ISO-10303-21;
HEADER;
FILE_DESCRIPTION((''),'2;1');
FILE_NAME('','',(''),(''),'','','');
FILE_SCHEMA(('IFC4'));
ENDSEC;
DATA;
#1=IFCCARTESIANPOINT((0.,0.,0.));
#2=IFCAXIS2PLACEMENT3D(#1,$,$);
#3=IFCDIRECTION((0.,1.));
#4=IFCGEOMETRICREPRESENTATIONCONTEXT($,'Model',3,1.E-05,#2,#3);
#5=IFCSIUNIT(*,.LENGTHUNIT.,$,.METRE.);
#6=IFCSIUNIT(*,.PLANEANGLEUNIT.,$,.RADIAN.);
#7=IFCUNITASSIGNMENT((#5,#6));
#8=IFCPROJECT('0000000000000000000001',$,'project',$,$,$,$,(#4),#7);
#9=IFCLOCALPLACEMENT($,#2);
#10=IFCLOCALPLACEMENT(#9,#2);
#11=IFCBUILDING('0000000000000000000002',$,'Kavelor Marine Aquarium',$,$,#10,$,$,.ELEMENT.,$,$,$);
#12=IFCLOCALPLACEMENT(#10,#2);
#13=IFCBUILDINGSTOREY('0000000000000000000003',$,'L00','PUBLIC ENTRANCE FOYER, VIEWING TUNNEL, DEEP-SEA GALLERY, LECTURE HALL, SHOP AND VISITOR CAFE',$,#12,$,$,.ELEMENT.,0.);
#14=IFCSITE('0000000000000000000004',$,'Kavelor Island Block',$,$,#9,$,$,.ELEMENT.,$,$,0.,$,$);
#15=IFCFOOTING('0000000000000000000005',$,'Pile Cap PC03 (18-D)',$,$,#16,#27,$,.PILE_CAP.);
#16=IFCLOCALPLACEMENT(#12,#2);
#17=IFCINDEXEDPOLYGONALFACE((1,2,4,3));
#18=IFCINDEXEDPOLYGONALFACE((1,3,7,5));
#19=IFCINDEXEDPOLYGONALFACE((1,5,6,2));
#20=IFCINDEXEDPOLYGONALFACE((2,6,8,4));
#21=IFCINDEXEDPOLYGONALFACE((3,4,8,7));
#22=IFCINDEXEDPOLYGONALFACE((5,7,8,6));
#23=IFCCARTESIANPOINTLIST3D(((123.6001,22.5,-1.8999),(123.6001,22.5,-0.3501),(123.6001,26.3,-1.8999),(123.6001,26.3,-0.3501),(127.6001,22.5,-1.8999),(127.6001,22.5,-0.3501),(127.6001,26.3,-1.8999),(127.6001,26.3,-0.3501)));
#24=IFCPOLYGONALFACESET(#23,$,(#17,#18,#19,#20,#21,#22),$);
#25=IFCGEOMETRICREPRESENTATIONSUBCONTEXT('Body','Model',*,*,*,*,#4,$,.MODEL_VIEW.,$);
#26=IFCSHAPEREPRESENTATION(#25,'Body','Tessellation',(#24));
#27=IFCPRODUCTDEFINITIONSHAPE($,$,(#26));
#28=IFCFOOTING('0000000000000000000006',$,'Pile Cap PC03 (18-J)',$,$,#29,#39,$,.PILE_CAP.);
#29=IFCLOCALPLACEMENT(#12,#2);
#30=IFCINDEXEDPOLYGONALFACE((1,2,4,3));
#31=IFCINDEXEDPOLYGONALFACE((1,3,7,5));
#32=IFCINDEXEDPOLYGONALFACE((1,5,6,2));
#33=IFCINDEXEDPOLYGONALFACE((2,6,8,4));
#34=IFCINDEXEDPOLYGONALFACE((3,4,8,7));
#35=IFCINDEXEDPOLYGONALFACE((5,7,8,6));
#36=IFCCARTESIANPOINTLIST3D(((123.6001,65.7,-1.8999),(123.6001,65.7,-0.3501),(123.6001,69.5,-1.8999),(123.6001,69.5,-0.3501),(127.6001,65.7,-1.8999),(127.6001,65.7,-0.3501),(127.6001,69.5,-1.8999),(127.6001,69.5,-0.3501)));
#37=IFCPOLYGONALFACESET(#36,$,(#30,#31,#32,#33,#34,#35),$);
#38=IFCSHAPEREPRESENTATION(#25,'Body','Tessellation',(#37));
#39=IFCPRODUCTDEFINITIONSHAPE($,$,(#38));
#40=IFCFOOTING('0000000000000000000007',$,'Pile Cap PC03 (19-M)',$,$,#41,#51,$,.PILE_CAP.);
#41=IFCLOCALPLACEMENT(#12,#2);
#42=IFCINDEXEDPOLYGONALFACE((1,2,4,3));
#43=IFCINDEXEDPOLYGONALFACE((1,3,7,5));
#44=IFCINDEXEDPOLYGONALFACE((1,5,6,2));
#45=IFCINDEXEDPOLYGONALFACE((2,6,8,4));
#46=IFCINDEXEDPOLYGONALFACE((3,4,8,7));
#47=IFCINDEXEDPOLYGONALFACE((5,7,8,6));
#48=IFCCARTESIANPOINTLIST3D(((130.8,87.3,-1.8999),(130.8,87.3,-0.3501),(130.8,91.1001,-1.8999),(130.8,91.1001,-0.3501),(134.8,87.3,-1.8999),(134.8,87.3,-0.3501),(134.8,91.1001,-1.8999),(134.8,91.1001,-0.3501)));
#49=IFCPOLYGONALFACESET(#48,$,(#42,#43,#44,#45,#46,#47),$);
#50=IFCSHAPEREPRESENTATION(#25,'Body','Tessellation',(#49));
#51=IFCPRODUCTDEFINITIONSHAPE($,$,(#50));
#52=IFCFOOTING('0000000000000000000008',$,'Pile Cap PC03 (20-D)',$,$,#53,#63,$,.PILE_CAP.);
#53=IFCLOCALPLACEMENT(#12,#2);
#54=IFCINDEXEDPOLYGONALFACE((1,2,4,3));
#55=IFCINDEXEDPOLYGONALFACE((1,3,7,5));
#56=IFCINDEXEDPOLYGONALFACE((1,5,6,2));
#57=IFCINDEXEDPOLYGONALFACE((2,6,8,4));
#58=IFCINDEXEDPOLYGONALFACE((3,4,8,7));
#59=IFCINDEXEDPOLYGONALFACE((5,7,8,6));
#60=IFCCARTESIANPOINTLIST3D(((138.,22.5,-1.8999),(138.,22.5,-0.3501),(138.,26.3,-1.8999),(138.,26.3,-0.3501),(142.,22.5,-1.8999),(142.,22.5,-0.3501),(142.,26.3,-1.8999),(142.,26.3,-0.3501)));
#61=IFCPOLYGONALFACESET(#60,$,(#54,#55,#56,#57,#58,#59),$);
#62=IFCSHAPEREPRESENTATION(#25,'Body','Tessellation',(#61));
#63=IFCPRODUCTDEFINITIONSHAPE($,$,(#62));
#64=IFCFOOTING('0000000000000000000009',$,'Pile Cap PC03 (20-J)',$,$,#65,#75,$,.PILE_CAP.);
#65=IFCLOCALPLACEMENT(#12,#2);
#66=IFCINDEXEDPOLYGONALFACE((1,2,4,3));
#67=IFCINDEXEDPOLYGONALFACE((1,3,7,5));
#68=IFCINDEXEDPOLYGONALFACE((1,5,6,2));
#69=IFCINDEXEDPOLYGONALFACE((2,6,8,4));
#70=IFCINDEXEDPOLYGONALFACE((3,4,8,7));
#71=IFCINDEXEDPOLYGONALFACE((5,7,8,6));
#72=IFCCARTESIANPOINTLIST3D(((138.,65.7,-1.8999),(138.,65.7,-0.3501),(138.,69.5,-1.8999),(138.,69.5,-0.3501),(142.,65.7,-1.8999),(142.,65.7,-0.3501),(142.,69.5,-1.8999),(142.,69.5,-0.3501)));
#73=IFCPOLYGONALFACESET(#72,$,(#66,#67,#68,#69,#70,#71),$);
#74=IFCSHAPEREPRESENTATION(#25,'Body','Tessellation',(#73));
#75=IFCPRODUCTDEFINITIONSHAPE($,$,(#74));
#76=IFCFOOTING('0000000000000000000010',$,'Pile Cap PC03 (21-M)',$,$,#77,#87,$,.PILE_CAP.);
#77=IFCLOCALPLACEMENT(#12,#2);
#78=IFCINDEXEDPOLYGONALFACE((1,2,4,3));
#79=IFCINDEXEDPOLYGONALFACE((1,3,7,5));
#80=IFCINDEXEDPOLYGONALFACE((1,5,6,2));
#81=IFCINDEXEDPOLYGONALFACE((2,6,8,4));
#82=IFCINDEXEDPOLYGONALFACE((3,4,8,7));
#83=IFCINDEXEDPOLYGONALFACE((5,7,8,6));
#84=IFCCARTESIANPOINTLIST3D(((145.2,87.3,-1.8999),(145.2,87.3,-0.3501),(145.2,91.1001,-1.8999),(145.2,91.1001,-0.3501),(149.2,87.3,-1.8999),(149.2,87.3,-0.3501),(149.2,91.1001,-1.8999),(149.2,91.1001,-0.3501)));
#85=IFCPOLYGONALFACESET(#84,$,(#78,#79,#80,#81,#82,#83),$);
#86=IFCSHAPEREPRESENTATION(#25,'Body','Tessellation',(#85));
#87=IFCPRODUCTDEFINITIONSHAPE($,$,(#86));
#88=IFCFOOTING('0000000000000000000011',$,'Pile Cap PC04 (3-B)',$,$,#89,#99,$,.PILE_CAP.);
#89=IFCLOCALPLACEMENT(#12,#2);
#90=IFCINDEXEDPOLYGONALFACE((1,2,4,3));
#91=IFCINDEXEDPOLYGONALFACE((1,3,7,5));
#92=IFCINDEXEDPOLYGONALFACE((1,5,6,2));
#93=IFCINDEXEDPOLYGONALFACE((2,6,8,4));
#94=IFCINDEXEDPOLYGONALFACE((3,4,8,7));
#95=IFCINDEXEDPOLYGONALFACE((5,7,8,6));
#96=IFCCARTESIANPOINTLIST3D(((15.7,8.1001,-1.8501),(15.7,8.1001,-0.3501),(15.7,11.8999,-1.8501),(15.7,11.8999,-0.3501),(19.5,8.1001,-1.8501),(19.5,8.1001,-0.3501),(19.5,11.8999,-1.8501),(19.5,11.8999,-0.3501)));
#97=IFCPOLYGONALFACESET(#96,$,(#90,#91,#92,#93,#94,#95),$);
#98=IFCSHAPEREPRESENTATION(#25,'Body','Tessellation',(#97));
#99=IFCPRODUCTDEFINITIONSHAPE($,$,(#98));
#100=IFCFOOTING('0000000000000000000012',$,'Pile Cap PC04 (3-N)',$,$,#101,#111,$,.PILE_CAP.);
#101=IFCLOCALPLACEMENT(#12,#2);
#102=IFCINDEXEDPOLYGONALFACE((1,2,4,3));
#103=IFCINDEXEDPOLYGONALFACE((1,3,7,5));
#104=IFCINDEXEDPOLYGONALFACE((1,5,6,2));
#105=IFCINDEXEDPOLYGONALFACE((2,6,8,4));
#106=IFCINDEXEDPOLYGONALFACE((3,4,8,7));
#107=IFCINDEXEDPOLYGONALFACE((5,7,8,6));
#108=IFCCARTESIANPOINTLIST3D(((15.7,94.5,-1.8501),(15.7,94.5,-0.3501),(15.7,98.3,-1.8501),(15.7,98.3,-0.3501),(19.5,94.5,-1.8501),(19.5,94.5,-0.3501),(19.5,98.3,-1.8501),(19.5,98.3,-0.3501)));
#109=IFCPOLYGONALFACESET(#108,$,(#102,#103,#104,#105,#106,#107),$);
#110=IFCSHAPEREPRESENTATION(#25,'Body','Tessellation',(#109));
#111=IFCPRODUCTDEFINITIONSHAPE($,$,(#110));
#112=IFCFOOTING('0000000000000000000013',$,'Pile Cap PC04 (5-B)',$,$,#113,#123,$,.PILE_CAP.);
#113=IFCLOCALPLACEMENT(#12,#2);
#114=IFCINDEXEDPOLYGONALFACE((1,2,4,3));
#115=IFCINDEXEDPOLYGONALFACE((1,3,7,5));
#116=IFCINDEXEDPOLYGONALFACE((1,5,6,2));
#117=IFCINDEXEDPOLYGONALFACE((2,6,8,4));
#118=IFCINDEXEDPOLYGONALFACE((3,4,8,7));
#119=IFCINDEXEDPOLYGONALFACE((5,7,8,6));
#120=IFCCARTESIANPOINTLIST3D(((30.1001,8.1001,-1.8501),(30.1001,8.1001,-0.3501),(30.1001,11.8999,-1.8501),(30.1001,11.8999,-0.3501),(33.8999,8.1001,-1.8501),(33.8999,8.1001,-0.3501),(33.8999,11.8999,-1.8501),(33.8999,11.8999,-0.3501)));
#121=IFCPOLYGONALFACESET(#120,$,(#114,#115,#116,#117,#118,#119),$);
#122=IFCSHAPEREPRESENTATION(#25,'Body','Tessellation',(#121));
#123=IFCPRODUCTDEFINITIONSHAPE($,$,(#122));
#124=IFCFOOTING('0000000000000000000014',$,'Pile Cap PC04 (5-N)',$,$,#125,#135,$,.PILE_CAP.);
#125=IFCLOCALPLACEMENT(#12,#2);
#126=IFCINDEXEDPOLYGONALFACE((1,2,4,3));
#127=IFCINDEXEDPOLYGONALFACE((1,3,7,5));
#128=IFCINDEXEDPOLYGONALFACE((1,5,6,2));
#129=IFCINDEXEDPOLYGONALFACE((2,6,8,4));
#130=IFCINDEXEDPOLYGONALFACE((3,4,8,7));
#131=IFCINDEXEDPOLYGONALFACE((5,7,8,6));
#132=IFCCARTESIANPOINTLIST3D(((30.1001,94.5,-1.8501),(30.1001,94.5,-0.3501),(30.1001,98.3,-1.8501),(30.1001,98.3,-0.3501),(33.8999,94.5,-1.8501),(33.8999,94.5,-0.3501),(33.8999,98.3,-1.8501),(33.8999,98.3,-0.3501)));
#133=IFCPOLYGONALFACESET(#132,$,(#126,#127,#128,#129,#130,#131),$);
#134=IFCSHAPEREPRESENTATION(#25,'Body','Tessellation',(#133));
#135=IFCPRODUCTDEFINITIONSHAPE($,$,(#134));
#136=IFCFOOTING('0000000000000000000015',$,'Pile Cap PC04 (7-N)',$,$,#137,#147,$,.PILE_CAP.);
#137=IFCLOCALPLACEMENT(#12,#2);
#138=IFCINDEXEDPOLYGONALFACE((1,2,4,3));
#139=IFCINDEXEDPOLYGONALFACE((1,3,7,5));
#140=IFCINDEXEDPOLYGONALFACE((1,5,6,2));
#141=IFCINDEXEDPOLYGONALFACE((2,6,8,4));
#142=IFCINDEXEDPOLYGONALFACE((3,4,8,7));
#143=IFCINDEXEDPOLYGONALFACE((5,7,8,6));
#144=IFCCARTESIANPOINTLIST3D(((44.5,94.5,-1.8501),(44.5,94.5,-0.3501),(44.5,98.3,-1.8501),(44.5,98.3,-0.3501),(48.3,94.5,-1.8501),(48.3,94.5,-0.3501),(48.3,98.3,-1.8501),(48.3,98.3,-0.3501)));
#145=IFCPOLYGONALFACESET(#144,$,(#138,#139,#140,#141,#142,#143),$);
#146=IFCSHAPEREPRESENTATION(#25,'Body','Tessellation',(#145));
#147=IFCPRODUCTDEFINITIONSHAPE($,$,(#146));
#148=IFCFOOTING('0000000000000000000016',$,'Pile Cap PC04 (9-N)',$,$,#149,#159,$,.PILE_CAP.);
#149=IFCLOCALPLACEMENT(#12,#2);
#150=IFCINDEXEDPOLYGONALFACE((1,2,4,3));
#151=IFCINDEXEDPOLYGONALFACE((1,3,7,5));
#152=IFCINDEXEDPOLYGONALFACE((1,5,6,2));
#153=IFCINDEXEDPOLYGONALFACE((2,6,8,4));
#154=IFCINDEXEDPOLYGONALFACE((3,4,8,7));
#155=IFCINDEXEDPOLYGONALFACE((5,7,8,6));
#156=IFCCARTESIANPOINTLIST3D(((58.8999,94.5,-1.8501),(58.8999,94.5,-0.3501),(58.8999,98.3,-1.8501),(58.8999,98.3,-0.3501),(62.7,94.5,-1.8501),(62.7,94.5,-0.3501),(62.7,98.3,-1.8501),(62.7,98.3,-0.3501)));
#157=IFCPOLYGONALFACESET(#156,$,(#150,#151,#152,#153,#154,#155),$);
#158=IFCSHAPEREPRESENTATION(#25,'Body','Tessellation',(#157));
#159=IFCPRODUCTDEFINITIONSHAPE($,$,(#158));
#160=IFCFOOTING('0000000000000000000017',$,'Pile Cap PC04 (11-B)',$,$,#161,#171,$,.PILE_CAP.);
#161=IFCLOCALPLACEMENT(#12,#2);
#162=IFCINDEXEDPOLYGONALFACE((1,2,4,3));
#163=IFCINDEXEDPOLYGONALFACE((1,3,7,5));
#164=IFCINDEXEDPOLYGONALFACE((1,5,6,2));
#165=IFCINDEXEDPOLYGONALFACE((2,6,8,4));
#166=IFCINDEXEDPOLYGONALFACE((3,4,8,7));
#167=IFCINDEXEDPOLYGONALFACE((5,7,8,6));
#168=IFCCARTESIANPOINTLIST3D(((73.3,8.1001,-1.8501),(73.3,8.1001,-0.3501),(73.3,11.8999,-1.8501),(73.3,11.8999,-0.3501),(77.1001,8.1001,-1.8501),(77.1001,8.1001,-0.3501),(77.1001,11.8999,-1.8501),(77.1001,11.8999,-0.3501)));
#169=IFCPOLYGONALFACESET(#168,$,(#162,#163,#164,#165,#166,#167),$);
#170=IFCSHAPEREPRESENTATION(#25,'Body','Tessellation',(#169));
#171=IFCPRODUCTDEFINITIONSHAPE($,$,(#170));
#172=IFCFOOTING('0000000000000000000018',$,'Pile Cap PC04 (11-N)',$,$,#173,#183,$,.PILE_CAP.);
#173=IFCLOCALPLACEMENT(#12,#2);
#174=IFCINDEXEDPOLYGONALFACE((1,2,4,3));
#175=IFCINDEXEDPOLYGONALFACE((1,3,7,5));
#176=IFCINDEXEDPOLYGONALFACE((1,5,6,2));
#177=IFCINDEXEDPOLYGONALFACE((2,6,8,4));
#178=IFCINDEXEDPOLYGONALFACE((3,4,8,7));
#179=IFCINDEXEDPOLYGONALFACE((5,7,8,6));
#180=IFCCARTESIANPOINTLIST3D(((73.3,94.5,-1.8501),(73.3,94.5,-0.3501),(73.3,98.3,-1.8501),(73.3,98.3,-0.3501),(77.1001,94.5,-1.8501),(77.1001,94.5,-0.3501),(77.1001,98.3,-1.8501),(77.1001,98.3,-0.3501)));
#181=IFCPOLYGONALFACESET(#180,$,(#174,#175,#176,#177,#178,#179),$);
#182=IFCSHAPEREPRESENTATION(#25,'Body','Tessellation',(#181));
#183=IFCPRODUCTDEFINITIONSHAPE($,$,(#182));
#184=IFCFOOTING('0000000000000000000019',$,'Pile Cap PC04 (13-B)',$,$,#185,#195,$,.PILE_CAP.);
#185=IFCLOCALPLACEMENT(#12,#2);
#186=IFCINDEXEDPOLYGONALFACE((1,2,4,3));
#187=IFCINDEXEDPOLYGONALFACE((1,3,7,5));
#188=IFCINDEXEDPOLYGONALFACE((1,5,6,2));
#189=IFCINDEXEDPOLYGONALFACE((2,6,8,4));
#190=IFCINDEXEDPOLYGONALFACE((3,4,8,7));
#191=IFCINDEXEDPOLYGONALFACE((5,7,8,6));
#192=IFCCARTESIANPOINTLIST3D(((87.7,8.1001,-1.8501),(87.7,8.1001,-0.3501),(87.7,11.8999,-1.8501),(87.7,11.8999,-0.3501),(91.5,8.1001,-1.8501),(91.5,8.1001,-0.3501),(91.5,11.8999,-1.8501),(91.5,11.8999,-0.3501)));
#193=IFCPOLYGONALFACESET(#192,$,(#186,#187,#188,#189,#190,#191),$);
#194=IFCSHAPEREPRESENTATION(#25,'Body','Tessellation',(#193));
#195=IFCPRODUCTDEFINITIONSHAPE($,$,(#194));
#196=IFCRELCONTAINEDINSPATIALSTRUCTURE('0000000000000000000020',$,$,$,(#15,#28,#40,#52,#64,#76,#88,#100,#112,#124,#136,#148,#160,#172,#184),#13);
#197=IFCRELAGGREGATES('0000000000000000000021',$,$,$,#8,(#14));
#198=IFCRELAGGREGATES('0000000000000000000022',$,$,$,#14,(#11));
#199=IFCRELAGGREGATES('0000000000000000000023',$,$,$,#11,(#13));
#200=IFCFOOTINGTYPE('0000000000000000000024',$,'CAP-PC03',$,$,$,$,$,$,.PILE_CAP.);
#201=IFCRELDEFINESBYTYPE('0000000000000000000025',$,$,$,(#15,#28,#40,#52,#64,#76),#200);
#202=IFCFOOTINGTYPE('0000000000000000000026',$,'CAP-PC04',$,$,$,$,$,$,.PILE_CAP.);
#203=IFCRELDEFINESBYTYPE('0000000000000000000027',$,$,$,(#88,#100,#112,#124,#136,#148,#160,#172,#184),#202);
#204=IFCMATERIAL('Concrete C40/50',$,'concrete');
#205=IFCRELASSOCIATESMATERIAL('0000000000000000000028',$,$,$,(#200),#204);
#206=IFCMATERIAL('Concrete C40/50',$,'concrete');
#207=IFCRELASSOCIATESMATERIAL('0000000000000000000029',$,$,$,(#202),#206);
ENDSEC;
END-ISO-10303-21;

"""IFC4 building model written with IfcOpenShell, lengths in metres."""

from ifc_helpers import new_model, si_unit, direction, frame, origin, place, context, subcontext, project, spatial, polyline, outline, extrude, material, type_object, element, save


model = new_model("IFC4")

# Units and contexts
model_context = context("Model", 3, precision=1e-05, world=origin(), true_north=direction((0.0, 1.0)))
body_context = subcontext(model_context, "Body", "Model", "MODEL_VIEW")
ifc_project = project(units=[si_unit("LENGTHUNIT", "METRE"), si_unit("PLANEANGLEUNIT", "RADIAN")], contexts=[model_context])

# Site, building, storey
site_placement = place(None, origin())
site = spatial("IfcSite", under=ifc_project, at=site_placement, Name="Kavelor Island Block", CompositionType="ELEMENT", RefElevation=0.0)
building_placement = place(site_placement, origin())
building = spatial("IfcBuilding", under=site, at=building_placement, Name="Kavelor Marine Aquarium", CompositionType="ELEMENT")
storey_placement = place(building_placement, origin())
storey = spatial("IfcBuildingStorey", under=building, at=storey_placement, Name="L00", Description="PUBLIC ENTRANCE FOYER, VIEWING TUNNEL, DEEP-SEA GALLERY, LECTURE HALL, SHOP AND VISITOR CAFE", CompositionType="ELEMENT", Elevation=0.0)

# Footings
ifc_material_1 = material(Name="Concrete C40/50", Category="concrete")
footing_type_1 = type_object("IfcFootingType", Name="CAP-PC03", PredefinedType="PILE_CAP", material=ifc_material_1)
footing_1_placement = place(storey_placement, frame((0.0, 0.0, -1.8999)))
element("IfcFooting", 1, at=footing_1_placement, inside=storey, type_object=footing_type_1, Name="Pile Cap PC03 (18-D)", PredefinedType="PILE_CAP", context=body_context, shape_type="SweptSolid", body=[
    extrude(outline(polyline([(123.6001, 22.5), (127.6001, 22.5), (127.6001, 26.3), (123.6001, 26.3), (123.6001, 22.5)])), origin(), (0.0, 0.0, 1.0), 1.5498),
])
footing_2_placement = place(storey_placement, frame((0.0, 0.0, -1.8999)))
element("IfcFooting", 2, at=footing_2_placement, inside=storey, type_object=footing_type_1, Name="Pile Cap PC03 (18-J)", PredefinedType="PILE_CAP", context=body_context, shape_type="SweptSolid", body=[
    extrude(outline(polyline([(123.6001, 65.7), (127.6001, 65.7), (127.6001, 69.5), (123.6001, 69.5), (123.6001, 65.7)])), origin(), (0.0, 0.0, 1.0), 1.5498),
])
footing_3_placement = place(storey_placement, frame((0.0, 0.0, -1.8999)))
element("IfcFooting", 3, at=footing_3_placement, inside=storey, type_object=footing_type_1, Name="Pile Cap PC03 (19-M)", PredefinedType="PILE_CAP", context=body_context, shape_type="SweptSolid", body=[
    extrude(outline(polyline([(130.8, 87.3), (134.8, 87.3), (134.8, 91.1001), (130.8, 91.1001), (130.8, 87.3)])), origin(), (0.0, 0.0, 1.0), 1.5498),
])
footing_4_placement = place(storey_placement, frame((0.0, 0.0, -1.8999)))
element("IfcFooting", 4, at=footing_4_placement, inside=storey, type_object=footing_type_1, Name="Pile Cap PC03 (20-D)", PredefinedType="PILE_CAP", context=body_context, shape_type="SweptSolid", body=[
    extrude(outline(polyline([(138.0, 22.5), (142.0, 22.5), (142.0, 26.3), (138.0, 26.3), (138.0, 22.5)])), origin(), (0.0, 0.0, 1.0), 1.5498),
])
footing_5_placement = place(storey_placement, frame((0.0, 0.0, -1.8999)))
element("IfcFooting", 5, at=footing_5_placement, inside=storey, type_object=footing_type_1, Name="Pile Cap PC03 (20-J)", PredefinedType="PILE_CAP", context=body_context, shape_type="SweptSolid", body=[
    extrude(outline(polyline([(138.0, 65.7), (142.0, 65.7), (142.0, 69.5), (138.0, 69.5), (138.0, 65.7)])), origin(), (0.0, 0.0, 1.0), 1.5498),
])
footing_6_placement = place(storey_placement, frame((0.0, 0.0, -1.8999)))
element("IfcFooting", 6, at=footing_6_placement, inside=storey, type_object=footing_type_1, Name="Pile Cap PC03 (21-M)", PredefinedType="PILE_CAP", context=body_context, shape_type="SweptSolid", body=[
    extrude(outline(polyline([(145.2, 87.3), (149.2, 87.3), (149.2, 91.1001), (145.2, 91.1001), (145.2, 87.3)])), origin(), (0.0, 0.0, 1.0), 1.5498),
])
ifc_material_2 = material(Name="Concrete C40/50", Category="concrete")
footing_type_2 = type_object("IfcFootingType", Name="CAP-PC04", PredefinedType="PILE_CAP", material=ifc_material_2)
footing_7_placement = place(storey_placement, frame((0.0, 0.0, -1.8501)))
element("IfcFooting", 7, at=footing_7_placement, inside=storey, type_object=footing_type_2, Name="Pile Cap PC04 (3-B)", PredefinedType="PILE_CAP", context=body_context, shape_type="SweptSolid", body=[
    extrude(outline(polyline([(15.7, 8.1001), (19.5, 8.1001), (19.5, 11.8999), (15.7, 11.8999), (15.7, 8.1001)])), origin(), (0.0, 0.0, 1.0), 1.5),
])
footing_8_placement = place(storey_placement, frame((0.0, 0.0, -1.8501)))
element("IfcFooting", 8, at=footing_8_placement, inside=storey, type_object=footing_type_2, Name="Pile Cap PC04 (3-N)", PredefinedType="PILE_CAP", context=body_context, shape_type="SweptSolid", body=[
    extrude(outline(polyline([(15.7, 94.5), (19.5, 94.5), (19.5, 98.3), (15.7, 98.3), (15.7, 94.5)])), origin(), (0.0, 0.0, 1.0), 1.5),
])
footing_9_placement = place(storey_placement, frame((0.0, 0.0, -1.8501)))
element("IfcFooting", 9, at=footing_9_placement, inside=storey, type_object=footing_type_2, Name="Pile Cap PC04 (5-B)", PredefinedType="PILE_CAP", context=body_context, shape_type="SweptSolid", body=[
    extrude(outline(polyline([(30.1001, 8.1001), (33.8999, 8.1001), (33.8999, 11.8999), (30.1001, 11.8999), (30.1001, 8.1001)])), origin(), (0.0, 0.0, 1.0), 1.5),
])
footing_10_placement = place(storey_placement, frame((0.0, 0.0, -1.8501)))
element("IfcFooting", 10, at=footing_10_placement, inside=storey, type_object=footing_type_2, Name="Pile Cap PC04 (5-N)", PredefinedType="PILE_CAP", context=body_context, shape_type="SweptSolid", body=[
    extrude(outline(polyline([(30.1001, 94.5), (33.8999, 94.5), (33.8999, 98.3), (30.1001, 98.3), (30.1001, 94.5)])), origin(), (0.0, 0.0, 1.0), 1.5),
])
footing_11_placement = place(storey_placement, frame((0.0, 0.0, -1.8501)))
element("IfcFooting", 11, at=footing_11_placement, inside=storey, type_object=footing_type_2, Name="Pile Cap PC04 (7-N)", PredefinedType="PILE_CAP", context=body_context, shape_type="SweptSolid", body=[
    extrude(outline(polyline([(44.5, 94.5), (48.3, 94.5), (48.3, 98.3), (44.5, 98.3), (44.5, 94.5)])), origin(), (0.0, 0.0, 1.0), 1.5),
])
footing_12_placement = place(storey_placement, frame((0.0, 0.0, -1.8501)))
element("IfcFooting", 12, at=footing_12_placement, inside=storey, type_object=footing_type_2, Name="Pile Cap PC04 (9-N)", PredefinedType="PILE_CAP", context=body_context, shape_type="SweptSolid", body=[
    extrude(outline(polyline([(58.8999, 94.5), (62.7, 94.5), (62.7, 98.3), (58.8999, 98.3), (58.8999, 94.5)])), origin(), (0.0, 0.0, 1.0), 1.5),
])
footing_13_placement = place(storey_placement, frame((0.0, 0.0, -1.8501)))
element("IfcFooting", 13, at=footing_13_placement, inside=storey, type_object=footing_type_2, Name="Pile Cap PC04 (11-B)", PredefinedType="PILE_CAP", context=body_context, shape_type="SweptSolid", body=[
    extrude(outline(polyline([(73.3, 8.1001), (77.1001, 8.1001), (77.1001, 11.8999), (73.3, 11.8999), (73.3, 8.1001)])), origin(), (0.0, 0.0, 1.0), 1.5),
])
footing_14_placement = place(storey_placement, frame((0.0, 0.0, -1.8501)))
element("IfcFooting", 14, at=footing_14_placement, inside=storey, type_object=footing_type_2, Name="Pile Cap PC04 (11-N)", PredefinedType="PILE_CAP", context=body_context, shape_type="SweptSolid", body=[
    extrude(outline(polyline([(73.3, 94.5), (77.1001, 94.5), (77.1001, 98.3), (73.3, 98.3), (73.3, 94.5)])), origin(), (0.0, 0.0, 1.0), 1.5),
])
footing_15_placement = place(storey_placement, frame((0.0, 0.0, -1.8501)))
element("IfcFooting", 15, at=footing_15_placement, inside=storey, type_object=footing_type_2, Name="Pile Cap PC04 (13-B)", PredefinedType="PILE_CAP", context=body_context, shape_type="SweptSolid", body=[
    extrude(outline(polyline([(87.7, 8.1001), (91.5, 8.1001), (91.5, 11.8999), (87.7, 11.8999), (87.7, 8.1001)])), origin(), (0.0, 0.0, 1.0), 1.5),
])

save(model, "model.ifc")
